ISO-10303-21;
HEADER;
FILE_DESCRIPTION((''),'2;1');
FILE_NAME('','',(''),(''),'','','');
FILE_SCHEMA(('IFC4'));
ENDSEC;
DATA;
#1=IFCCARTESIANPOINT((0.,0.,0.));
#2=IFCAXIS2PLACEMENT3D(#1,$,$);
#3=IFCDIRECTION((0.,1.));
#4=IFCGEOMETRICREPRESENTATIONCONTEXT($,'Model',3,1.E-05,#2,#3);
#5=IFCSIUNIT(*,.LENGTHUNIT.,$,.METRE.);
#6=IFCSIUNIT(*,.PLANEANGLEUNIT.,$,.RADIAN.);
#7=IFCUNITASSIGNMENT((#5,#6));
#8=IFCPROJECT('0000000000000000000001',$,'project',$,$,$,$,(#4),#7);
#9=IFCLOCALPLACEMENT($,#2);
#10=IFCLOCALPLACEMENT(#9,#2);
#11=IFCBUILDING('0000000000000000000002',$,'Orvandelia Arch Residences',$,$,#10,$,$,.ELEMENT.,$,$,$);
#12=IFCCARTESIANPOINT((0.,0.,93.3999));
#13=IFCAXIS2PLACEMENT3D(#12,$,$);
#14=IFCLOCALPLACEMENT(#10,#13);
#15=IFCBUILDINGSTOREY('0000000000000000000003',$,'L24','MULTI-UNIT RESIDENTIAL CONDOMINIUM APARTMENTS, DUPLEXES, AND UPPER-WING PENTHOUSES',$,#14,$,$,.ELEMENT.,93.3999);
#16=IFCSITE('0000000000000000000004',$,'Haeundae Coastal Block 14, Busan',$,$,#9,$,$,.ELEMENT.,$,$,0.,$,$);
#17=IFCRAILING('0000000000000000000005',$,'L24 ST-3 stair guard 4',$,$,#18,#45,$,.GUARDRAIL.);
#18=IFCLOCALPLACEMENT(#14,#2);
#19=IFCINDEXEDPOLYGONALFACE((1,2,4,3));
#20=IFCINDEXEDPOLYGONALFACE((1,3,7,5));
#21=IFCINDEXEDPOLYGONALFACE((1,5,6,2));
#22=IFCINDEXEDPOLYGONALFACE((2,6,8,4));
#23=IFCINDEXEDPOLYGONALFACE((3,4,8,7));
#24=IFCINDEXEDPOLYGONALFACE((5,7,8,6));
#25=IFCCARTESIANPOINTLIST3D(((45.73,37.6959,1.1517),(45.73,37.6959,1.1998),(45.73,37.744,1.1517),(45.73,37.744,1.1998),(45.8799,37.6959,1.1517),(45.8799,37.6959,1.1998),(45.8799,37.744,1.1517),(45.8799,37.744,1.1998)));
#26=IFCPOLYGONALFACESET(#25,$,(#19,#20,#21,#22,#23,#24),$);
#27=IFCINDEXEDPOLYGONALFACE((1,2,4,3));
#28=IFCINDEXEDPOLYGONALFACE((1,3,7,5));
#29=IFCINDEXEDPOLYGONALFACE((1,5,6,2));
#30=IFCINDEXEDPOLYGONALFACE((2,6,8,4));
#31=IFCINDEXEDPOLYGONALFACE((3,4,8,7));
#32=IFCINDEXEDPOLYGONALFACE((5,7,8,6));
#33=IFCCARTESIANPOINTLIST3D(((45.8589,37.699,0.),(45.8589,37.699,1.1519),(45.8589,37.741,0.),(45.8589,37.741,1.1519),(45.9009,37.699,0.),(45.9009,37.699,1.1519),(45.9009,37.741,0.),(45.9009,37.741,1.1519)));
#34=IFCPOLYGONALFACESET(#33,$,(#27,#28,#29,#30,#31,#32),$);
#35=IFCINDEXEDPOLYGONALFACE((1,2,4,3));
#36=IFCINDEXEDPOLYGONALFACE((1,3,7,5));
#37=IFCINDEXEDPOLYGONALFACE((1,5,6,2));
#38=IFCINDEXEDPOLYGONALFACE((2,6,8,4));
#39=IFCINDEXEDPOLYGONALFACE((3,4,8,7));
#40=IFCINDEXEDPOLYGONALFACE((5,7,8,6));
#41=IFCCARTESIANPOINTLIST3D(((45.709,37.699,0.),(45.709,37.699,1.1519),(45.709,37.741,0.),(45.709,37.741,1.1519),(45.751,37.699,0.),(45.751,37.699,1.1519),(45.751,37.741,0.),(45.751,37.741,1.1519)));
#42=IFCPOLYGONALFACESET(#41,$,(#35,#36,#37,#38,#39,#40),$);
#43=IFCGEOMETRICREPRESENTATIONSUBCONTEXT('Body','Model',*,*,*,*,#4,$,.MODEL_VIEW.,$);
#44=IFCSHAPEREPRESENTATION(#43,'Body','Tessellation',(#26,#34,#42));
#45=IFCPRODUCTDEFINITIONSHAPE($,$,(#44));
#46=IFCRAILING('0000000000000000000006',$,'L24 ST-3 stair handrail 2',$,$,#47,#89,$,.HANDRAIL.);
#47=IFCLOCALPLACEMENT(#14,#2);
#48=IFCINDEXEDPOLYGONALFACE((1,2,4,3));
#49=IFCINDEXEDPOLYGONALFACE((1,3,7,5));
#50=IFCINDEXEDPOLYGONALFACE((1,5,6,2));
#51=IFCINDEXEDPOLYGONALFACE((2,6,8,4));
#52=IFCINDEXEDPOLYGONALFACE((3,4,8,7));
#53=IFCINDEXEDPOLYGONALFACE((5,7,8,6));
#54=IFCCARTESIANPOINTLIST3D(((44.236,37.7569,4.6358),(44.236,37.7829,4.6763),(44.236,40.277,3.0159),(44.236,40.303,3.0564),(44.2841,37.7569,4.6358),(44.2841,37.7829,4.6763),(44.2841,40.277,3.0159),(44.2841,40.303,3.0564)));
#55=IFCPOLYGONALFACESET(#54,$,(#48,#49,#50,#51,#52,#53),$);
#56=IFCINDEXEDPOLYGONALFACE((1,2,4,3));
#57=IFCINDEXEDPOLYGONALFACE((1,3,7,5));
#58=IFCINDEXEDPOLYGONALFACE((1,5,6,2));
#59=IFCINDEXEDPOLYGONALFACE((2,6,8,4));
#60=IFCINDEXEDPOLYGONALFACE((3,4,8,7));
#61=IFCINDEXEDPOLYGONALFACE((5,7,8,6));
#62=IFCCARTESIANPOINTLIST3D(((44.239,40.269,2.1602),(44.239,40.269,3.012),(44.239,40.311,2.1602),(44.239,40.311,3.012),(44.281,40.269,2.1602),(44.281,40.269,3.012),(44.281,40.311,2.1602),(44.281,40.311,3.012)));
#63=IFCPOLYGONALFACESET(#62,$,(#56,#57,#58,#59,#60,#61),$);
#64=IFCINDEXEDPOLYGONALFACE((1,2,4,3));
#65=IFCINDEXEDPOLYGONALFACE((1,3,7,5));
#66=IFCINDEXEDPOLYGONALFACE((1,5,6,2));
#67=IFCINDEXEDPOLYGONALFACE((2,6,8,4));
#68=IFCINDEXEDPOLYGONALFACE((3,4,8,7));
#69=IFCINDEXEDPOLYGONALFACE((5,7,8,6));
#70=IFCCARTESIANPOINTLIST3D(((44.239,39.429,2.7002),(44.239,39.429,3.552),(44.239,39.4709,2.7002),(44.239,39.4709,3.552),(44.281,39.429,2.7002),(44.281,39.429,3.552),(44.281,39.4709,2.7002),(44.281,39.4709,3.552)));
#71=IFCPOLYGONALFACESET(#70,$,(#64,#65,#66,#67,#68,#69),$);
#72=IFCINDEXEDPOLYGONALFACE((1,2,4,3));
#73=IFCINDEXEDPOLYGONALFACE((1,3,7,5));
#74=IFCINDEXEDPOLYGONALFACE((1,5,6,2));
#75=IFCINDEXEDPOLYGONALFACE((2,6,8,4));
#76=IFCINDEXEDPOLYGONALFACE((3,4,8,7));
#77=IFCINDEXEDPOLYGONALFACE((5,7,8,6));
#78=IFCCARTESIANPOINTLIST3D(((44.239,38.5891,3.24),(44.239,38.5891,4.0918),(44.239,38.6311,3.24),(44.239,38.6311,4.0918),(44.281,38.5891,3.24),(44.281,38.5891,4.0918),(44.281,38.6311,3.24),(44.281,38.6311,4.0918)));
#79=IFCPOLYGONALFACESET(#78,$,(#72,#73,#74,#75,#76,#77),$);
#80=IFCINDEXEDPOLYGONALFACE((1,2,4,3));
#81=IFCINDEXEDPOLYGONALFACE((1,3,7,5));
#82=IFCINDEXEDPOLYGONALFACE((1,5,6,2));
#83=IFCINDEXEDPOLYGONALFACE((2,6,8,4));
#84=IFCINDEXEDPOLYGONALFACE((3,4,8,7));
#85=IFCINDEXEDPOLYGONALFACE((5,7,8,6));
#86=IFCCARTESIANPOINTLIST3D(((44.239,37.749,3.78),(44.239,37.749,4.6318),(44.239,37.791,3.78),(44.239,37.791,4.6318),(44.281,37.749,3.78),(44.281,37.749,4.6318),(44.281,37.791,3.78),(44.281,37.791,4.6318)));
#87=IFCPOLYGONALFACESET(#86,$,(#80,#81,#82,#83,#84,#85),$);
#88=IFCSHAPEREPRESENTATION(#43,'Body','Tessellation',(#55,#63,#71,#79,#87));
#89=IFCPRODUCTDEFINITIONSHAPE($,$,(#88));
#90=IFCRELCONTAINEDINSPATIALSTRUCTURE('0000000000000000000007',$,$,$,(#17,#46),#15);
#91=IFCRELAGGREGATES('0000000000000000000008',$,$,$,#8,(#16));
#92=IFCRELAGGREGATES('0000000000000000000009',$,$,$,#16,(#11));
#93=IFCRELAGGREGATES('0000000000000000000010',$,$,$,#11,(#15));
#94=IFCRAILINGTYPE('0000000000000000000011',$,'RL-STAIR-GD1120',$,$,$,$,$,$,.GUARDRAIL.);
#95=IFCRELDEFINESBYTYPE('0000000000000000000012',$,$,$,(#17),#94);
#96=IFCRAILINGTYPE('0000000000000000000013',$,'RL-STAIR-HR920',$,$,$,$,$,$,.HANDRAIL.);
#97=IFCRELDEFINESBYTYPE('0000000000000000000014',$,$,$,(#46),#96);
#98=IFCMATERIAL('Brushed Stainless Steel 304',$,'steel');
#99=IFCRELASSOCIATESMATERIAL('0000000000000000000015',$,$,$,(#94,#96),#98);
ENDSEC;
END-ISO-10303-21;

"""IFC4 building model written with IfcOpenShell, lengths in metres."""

from ifc_helpers import new_model, si_unit, direction, frame, origin, origin_2d, place, context, subcontext, project, spatial, rectangle, extrude, material, type_object, element, save


model = new_model("IFC4")

# Units and contexts
model_context = context("Model", 3, precision=1e-05, world=origin(), true_north=direction((0.0, 1.0)))
body_context = subcontext(model_context, "Body", "Model", "MODEL_VIEW")
ifc_project = project(units=[si_unit("LENGTHUNIT", "METRE"), si_unit("PLANEANGLEUNIT", "RADIAN")], contexts=[model_context])

# Site, building, storey
site_placement = place(None, origin())
site = spatial("IfcSite", under=ifc_project, at=site_placement, Name="Haeundae Coastal Block 14, Busan", CompositionType="ELEMENT", RefElevation=0.0)
building_placement = place(site_placement, origin())
building = spatial("IfcBuilding", under=site, at=building_placement, Name="Orvandelia Arch Residences", CompositionType="ELEMENT")
storey_placement = place(building_placement, frame((0.0, 0.0, 93.3999)))
storey = spatial("IfcBuildingStorey", under=building, at=storey_placement, Name="L24", Description="MULTI-UNIT RESIDENTIAL CONDOMINIUM APARTMENTS, DUPLEXES, AND UPPER-WING PENTHOUSES", CompositionType="ELEMENT", Elevation=93.3999)

# Railings
ifc_material_1 = material(Name="Brushed Stainless Steel 304", Category="steel")
railing_type_1 = type_object("IfcRailingType", Name="RL-STAIR-GD1120", PredefinedType="GUARDRAIL", material=ifc_material_1)
railing_1_placement = place(storey_placement, frame((45.8799, 37.72, 0.0)))
element("IfcRailing", 1, at=railing_1_placement, inside=storey, type_object=railing_type_1, Name="L24 ST-3 stair guard 4", PredefinedType="GUARDRAIL", context=body_context, shape_type="SweptSolid", body=[
    extrude(rectangle(XDim=0.0481, YDim=0.0481, at=origin_2d()), frame((0.0, 0.0, 1.1758), z_axis=(-1.0, 0.0, 0.0), x_axis=(0.0, -1.0, 0.0)), (0.0, 0.0, 1.0), 0.1499),
    extrude(rectangle(XDim=0.042, YDim=0.042, at=origin_2d()), origin(), (0.0, 0.0, 1.0), 1.1519),
    extrude(rectangle(XDim=0.042, YDim=0.042, at=origin_2d()), frame((-0.1499, 0.0, 0.0)), (0.0, 0.0, 1.0), 1.1519),
])
railing_type_2 = type_object("IfcRailingType", Name="RL-STAIR-HR920", PredefinedType="HANDRAIL", material=ifc_material_1)
railing_2_placement = place(storey_placement, frame((44.26, 40.29, 2.1602)))
element("IfcRailing", 2, at=railing_2_placement, inside=storey, type_object=railing_type_2, Name="L24 ST-3 stair handrail 2", PredefinedType="HANDRAIL", context=body_context, shape_type="SweptSolid", body=[
    extrude(rectangle(XDim=0.0481, YDim=0.0481, at=origin_2d()), frame((0.0, 0.0, 0.876), z_axis=(0.0, -0.8412, 0.540725), x_axis=(1.0, 0.0, 0.0)), (0.0, 0.0, 1.0), 2.9958),
    extrude(rectangle(XDim=0.042, YDim=0.042, at=origin_2d()), origin(), (0.0, 0.0, 1.0), 0.8518),
    extrude(rectangle(XDim=0.042, YDim=0.042, at=origin_2d()), frame((0.0, -0.8401, 0.54)), (0.0, 0.0, 1.0), 0.8518),
    extrude(rectangle(XDim=0.042, YDim=0.042, at=origin_2d()), frame((0.0, -1.6799, 1.0798)), (0.0, 0.0, 1.0), 0.8518),
    extrude(rectangle(XDim=0.042, YDim=0.042, at=origin_2d()), frame((0.0, -2.52, 1.6199)), (0.0, 0.0, 1.0), 0.8518),
])

save(model, "model.ifc")
